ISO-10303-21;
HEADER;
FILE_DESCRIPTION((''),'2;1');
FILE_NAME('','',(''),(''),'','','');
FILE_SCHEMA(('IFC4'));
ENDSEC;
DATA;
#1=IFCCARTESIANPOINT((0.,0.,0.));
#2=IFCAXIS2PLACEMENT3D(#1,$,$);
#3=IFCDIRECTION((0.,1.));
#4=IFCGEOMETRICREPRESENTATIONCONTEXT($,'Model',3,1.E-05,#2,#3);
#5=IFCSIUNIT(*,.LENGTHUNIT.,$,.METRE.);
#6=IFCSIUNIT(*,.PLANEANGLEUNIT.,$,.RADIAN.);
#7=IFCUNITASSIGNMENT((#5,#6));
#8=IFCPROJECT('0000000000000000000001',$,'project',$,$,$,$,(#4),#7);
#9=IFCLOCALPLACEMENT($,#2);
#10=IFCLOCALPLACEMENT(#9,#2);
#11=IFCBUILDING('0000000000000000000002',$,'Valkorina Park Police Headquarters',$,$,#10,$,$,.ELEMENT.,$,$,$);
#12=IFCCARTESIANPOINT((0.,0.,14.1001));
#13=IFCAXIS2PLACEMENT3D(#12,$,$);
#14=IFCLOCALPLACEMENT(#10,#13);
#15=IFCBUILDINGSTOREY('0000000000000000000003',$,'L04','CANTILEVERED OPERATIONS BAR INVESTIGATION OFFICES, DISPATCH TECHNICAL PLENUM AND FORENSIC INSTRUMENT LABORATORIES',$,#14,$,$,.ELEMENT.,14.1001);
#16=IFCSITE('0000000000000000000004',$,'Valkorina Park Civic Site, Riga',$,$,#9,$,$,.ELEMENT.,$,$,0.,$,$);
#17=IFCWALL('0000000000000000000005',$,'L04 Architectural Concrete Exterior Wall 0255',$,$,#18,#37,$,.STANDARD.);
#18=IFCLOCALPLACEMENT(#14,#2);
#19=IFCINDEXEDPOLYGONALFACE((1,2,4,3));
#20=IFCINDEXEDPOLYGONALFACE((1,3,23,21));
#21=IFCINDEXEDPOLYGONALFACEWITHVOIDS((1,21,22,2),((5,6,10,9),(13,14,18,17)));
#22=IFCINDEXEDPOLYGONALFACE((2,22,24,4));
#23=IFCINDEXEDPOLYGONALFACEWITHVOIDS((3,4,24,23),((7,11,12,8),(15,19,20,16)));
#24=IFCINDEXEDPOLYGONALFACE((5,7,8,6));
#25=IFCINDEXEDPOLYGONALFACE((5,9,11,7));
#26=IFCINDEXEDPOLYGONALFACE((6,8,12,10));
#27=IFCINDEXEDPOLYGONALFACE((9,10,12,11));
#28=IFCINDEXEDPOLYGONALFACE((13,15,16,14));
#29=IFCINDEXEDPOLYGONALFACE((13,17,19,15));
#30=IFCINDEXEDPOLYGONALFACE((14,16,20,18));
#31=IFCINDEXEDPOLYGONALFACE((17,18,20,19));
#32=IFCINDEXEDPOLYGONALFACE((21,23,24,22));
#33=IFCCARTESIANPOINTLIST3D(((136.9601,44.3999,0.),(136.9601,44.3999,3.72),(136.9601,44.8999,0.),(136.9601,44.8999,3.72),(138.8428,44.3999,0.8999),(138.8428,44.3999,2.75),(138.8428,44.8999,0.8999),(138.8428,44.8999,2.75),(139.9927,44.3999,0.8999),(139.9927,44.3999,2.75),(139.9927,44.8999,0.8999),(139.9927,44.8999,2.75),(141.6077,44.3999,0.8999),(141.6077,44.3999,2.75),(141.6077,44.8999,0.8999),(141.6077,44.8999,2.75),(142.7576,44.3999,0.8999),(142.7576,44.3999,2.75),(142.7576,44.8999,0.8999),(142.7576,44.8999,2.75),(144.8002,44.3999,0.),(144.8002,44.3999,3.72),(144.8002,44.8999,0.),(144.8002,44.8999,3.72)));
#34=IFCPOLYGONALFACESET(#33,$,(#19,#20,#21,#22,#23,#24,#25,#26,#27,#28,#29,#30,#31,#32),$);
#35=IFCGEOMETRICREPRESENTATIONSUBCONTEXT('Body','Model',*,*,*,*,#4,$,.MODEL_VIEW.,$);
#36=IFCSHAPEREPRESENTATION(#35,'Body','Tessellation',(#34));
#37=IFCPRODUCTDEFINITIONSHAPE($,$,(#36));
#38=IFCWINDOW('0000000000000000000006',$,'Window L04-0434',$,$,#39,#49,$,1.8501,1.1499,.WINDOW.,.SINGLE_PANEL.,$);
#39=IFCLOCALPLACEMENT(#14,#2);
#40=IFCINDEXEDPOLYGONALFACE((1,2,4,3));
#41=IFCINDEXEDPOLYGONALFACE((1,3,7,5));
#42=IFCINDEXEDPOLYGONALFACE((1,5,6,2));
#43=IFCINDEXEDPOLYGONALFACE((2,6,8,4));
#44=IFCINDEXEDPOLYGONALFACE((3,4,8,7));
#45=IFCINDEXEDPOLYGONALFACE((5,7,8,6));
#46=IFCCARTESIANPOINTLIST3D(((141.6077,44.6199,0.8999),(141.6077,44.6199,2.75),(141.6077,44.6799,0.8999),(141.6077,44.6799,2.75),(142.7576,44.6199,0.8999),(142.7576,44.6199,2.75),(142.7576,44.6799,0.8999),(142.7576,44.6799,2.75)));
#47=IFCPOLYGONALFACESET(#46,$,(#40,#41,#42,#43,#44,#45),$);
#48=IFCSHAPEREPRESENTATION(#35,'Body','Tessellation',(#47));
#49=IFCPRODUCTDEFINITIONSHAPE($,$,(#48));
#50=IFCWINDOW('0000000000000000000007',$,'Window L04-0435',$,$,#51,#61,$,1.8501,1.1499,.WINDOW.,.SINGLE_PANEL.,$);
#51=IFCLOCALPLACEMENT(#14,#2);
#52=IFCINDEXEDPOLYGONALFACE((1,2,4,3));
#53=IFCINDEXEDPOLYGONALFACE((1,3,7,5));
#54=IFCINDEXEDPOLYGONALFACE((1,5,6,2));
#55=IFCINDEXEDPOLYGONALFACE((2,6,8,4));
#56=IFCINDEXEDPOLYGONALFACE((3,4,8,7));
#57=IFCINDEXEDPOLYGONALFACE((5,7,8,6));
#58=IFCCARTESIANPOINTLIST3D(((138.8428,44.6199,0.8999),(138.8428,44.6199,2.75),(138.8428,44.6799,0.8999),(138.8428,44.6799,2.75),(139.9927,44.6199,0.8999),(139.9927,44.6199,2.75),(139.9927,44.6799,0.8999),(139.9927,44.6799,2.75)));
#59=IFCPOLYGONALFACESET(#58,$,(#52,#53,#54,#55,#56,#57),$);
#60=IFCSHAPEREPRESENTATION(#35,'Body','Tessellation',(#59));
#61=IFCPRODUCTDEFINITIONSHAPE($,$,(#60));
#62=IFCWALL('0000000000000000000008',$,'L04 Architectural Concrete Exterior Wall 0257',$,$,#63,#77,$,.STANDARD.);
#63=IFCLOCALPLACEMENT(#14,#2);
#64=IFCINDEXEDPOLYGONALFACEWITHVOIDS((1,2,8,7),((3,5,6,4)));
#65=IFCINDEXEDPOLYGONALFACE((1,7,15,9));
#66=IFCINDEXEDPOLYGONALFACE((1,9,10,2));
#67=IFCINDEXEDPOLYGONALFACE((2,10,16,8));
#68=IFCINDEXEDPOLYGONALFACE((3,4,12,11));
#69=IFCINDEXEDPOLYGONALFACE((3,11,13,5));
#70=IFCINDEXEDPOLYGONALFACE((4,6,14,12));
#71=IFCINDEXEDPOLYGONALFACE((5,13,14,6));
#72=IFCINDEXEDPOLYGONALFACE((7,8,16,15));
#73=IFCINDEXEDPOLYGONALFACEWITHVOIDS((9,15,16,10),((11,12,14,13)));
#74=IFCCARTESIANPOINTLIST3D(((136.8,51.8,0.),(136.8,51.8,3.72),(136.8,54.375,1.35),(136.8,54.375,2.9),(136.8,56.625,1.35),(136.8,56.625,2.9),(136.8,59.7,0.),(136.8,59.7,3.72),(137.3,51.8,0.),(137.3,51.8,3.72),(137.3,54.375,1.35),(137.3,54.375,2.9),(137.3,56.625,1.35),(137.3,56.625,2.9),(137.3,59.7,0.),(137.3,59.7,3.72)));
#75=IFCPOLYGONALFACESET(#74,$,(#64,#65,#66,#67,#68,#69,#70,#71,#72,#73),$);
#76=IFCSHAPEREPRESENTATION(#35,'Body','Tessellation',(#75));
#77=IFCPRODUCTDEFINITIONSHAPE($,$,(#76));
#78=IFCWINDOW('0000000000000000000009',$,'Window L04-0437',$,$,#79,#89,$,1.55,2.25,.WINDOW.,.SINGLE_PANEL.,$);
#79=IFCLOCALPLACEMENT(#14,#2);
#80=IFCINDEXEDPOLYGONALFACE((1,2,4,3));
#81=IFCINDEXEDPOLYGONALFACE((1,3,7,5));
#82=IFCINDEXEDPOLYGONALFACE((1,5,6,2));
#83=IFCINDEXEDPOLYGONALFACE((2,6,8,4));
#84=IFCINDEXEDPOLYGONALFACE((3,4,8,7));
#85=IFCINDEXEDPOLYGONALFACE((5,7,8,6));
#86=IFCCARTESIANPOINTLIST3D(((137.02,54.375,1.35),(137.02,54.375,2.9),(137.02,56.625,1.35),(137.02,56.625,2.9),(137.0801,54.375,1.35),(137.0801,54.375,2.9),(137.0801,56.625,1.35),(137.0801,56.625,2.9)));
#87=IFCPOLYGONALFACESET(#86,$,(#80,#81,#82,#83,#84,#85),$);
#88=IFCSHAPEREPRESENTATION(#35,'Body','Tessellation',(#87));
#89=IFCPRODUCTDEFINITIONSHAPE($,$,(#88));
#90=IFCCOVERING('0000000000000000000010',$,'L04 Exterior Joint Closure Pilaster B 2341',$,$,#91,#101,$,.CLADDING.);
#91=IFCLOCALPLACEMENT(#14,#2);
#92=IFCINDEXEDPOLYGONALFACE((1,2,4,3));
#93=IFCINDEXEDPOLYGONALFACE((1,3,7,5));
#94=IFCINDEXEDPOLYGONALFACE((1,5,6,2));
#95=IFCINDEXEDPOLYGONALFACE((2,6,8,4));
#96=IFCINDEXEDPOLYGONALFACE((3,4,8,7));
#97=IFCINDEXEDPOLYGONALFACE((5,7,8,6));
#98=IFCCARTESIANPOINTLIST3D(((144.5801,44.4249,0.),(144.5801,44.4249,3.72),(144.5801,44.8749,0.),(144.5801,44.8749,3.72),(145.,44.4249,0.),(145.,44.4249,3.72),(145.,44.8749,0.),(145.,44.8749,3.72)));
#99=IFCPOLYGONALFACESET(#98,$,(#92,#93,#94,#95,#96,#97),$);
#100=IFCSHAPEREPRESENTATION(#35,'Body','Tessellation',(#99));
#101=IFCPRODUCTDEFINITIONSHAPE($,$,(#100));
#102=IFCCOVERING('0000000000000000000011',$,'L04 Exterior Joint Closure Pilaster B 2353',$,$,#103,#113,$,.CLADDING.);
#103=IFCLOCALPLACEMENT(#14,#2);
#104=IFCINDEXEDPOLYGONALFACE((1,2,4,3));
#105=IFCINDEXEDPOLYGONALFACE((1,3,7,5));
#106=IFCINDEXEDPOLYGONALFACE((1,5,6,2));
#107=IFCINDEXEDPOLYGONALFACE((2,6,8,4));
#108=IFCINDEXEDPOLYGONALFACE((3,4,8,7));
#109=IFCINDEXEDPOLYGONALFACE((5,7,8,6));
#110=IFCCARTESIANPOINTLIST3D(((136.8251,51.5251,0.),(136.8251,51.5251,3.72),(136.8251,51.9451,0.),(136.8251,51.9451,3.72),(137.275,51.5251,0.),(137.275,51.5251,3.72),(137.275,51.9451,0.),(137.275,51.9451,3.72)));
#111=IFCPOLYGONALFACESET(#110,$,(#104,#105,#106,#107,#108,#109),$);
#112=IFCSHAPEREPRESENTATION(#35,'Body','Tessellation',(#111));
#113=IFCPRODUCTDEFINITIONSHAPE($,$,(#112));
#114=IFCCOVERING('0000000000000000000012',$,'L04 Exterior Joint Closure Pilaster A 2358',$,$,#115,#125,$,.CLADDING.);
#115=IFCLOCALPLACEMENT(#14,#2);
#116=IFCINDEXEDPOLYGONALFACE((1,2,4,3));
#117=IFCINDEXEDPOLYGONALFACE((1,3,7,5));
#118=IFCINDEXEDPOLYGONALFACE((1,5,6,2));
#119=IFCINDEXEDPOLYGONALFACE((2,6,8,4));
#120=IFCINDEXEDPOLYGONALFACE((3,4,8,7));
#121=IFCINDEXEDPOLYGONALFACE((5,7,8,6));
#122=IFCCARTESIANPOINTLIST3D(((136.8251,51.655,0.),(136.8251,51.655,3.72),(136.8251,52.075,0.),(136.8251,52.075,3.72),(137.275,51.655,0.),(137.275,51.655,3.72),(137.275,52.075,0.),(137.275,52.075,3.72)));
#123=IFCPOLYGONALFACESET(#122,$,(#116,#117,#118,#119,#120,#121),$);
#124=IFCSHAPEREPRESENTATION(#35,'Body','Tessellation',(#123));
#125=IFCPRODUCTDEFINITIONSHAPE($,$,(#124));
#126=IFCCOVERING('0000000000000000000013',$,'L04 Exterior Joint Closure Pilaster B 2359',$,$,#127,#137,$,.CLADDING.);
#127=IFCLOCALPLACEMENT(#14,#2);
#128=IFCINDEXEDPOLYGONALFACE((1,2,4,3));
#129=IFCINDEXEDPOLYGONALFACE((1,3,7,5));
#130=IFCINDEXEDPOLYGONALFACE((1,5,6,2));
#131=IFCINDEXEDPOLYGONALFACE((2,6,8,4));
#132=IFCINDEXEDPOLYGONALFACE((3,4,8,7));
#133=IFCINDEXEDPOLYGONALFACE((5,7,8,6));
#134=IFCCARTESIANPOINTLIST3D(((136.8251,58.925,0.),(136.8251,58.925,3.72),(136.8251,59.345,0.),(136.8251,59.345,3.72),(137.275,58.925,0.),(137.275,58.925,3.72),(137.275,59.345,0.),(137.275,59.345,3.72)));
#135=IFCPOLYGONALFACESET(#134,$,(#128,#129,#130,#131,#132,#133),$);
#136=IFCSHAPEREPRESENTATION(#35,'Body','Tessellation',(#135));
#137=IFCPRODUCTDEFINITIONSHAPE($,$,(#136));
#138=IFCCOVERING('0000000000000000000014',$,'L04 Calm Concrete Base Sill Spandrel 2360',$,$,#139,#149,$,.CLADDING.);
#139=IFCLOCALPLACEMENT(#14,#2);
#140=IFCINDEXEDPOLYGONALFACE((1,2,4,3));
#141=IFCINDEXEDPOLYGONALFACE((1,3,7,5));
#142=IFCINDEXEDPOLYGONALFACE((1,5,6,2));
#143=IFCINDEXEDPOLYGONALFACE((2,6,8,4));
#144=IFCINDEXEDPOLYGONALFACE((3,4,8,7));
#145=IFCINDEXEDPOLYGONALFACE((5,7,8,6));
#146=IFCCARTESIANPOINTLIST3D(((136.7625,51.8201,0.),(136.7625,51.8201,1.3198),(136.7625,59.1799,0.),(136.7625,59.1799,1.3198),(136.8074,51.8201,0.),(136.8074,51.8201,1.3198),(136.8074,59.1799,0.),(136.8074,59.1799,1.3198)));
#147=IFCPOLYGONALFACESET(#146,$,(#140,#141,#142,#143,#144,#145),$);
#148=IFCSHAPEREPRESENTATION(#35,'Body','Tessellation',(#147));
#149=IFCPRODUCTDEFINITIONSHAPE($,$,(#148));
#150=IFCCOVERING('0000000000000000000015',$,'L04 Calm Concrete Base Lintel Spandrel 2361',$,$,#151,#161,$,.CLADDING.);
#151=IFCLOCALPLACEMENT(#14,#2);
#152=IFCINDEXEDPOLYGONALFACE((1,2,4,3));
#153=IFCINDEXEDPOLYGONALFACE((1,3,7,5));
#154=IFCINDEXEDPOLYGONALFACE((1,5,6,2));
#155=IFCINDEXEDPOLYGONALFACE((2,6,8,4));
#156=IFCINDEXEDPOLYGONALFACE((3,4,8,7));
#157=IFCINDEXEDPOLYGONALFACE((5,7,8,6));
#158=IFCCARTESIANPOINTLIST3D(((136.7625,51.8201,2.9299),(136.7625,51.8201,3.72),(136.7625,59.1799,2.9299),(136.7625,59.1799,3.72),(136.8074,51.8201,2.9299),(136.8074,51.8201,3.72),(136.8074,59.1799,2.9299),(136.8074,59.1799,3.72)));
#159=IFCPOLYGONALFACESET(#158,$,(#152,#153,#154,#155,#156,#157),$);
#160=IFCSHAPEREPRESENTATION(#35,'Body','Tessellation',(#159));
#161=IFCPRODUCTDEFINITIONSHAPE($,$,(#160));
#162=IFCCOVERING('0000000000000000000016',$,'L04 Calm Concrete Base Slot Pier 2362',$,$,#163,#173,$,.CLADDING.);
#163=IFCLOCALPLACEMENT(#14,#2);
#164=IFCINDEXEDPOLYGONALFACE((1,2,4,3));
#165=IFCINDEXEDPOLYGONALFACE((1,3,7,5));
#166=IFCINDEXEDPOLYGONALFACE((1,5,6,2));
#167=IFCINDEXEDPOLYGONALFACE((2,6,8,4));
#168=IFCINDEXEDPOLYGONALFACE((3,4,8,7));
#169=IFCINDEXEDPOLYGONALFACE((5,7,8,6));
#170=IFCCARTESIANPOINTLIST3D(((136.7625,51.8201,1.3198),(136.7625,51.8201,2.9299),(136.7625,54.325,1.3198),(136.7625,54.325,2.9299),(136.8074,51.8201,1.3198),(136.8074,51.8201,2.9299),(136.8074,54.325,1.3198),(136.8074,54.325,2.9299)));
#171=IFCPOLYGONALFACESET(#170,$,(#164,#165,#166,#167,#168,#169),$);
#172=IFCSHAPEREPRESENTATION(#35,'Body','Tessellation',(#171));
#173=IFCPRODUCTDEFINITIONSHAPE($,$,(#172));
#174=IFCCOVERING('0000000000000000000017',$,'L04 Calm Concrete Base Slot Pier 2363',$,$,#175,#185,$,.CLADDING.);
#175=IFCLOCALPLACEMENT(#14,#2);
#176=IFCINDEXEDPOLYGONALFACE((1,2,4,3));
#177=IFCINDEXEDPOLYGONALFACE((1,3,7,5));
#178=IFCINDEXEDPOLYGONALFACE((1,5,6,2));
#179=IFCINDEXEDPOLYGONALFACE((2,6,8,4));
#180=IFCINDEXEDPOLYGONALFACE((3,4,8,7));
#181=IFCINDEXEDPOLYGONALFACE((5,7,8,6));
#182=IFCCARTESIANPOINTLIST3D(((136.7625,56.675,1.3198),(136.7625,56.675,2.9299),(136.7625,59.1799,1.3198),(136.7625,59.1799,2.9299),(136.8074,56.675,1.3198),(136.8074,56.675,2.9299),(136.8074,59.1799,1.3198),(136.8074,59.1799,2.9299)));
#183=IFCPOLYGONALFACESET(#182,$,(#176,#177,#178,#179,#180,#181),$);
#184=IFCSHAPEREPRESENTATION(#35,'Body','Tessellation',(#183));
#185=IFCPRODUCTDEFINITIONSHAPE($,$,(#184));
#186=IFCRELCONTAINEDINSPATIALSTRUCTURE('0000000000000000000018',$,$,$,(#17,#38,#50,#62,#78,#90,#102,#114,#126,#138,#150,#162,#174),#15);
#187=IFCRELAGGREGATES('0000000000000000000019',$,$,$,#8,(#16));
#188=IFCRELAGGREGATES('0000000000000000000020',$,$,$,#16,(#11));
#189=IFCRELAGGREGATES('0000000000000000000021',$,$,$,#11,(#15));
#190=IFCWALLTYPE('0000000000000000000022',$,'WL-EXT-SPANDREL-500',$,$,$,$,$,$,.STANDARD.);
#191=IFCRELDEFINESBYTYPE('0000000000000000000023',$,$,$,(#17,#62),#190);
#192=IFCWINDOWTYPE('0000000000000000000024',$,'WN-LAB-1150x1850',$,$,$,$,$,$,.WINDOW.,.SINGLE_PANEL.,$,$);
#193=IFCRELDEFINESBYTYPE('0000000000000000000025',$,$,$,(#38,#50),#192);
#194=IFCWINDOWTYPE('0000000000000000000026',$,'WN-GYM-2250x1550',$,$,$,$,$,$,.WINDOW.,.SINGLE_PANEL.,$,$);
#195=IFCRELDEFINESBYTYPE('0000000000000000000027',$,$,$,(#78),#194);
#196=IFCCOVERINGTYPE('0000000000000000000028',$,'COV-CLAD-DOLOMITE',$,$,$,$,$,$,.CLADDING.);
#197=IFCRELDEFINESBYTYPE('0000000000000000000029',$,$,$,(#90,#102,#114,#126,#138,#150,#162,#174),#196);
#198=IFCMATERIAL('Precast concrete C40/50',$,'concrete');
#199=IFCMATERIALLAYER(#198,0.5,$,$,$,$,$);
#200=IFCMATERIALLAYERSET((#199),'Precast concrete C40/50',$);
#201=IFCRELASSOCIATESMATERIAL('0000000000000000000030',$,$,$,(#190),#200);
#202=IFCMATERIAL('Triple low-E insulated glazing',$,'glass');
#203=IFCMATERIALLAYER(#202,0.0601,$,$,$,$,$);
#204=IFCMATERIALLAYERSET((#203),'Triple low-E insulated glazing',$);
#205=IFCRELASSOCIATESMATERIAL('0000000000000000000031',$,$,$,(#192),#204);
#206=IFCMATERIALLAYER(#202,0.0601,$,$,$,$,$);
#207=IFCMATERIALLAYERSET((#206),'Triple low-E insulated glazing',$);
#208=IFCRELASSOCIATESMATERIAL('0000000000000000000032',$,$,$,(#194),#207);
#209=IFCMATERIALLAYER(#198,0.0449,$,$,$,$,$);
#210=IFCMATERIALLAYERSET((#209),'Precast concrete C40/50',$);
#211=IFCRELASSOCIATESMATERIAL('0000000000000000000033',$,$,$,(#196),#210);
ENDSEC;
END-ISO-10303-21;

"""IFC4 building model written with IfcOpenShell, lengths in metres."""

from ifc_helpers import new_model, si_unit, direction, frame, frame_2d, origin, origin_2d, place, context, subcontext, project, spatial, rectangle, extrude, material, layer, layer_set, type_object, element, fill, save


model = new_model("IFC4")

# Units and contexts
model_context = context("Model", 3, precision=1e-05, world=origin(), true_north=direction((0.0, 1.0)))
body_context = subcontext(model_context, "Body", "Model", "MODEL_VIEW")
ifc_project = project(units=[si_unit("LENGTHUNIT", "METRE"), si_unit("PLANEANGLEUNIT", "RADIAN")], contexts=[model_context])

# Site, building, storey
site_placement = place(None, origin())
site = spatial("IfcSite", under=ifc_project, at=site_placement, Name="Valkorina Park Civic Site, Riga", CompositionType="ELEMENT", RefElevation=0.0)
building_placement = place(site_placement, origin())
building = spatial("IfcBuilding", under=site, at=building_placement, Name="Valkorina Park Police Headquarters", CompositionType="ELEMENT")
storey_placement = place(building_placement, frame((0.0, 0.0, 14.1001)))
storey = spatial("IfcBuildingStorey", under=building, at=storey_placement, Name="L04", Description="CANTILEVERED OPERATIONS BAR INVESTIGATION OFFICES, DISPATCH TECHNICAL PLENUM AND FORENSIC INSTRUMENT LABORATORIES", CompositionType="ELEMENT", Elevation=14.1001)

# Wall, openings, windows
ifc_material_1 = material(Name="Precast concrete C40/50", Category="concrete")
ifc_layer_1 = layer(ifc_material_1, 0.5)
ifc_layer_set_1 = layer_set([ifc_layer_1], Name="Precast concrete C40/50")
wall_type = type_object("IfcWallType", Name="WL-EXT-SPANDREL-500", PredefinedType="STANDARD", material=ifc_layer_set_1)
wall_1_placement = place(storey_placement, frame((144.8, 44.6499, 0.0), z_axis=(0.0, 0.0, 1.0), x_axis=(-1.0, 0.0, 0.0)))
wall_1 = element("IfcWall", 1, at=wall_1_placement, inside=storey, type_object=wall_type, Name="L04 Architectural Concrete Exterior Wall 0255", PredefinedType="STANDARD", context=body_context, shape_type="SweptSolid", body=[
    extrude(rectangle(XDim=7.8401, YDim=0.5, at=frame_2d((3.9199, 0.0))), origin(), (0.0, 0.0, 1.0), 3.72),
])
opening_1_placement = place(wall_1_placement, frame((2.0425, 0.0, 0.8999)))
opening_1 = element("IfcOpeningElement", 2, at=opening_1_placement, cuts=wall_1, PredefinedType="OPENING", context=body_context, shape_type="SweptSolid", body=[
    extrude(rectangle(XDim=1.1499, YDim=1.8501, at=frame_2d((0.575, 0.925))), frame((0.0, 0.26, 0.0), z_axis=(0.0, -1.0, 0.0), x_axis=(1.0, 0.0, 0.0)), (0.0, 0.0, 1.0), 0.52),
])
opening_2_placement = place(wall_1_placement, frame((4.8074, 0.0, 0.8999)))
opening_2 = element("IfcOpeningElement", 3, at=opening_2_placement, cuts=wall_1, PredefinedType="OPENING", context=body_context, shape_type="SweptSolid", body=[
    extrude(rectangle(XDim=1.1499, YDim=1.8501, at=frame_2d((0.575, 0.925))), frame((0.0, 0.26, 0.0), z_axis=(0.0, -1.0, 0.0), x_axis=(1.0, 0.0, 0.0)), (0.0, 0.0, 1.0), 0.52),
])
ifc_material_2 = material(Name="Triple low-E insulated glazing", Category="glass")
ifc_layer_2 = layer(ifc_material_2, 0.0601)
ifc_layer_set_2 = layer_set([ifc_layer_2], Name="Triple low-E insulated glazing")
window_type_1 = type_object("IfcWindowType", Name="WN-LAB-1150x1850", PartitioningType="SINGLE_PANEL", PredefinedType="WINDOW", material=ifc_layer_set_2)
window_1_placement = place(opening_1_placement, origin())
window_1 = element("IfcWindow", 4, at=window_1_placement, inside=storey, type_object=window_type_1, Name="Window L04-0434", OverallHeight=1.8501, OverallWidth=1.1499, PartitioningType="SINGLE_PANEL", PredefinedType="WINDOW", context=body_context, shape_type="SweptSolid", body=[
    extrude(rectangle(XDim=1.1499, YDim=1.8501, at=frame_2d((0.575, 0.925))), frame((0.0, 0.03, 0.0), z_axis=(0.0, -1.0, 0.0), x_axis=(1.0, 0.0, 0.0)), (0.0, 0.0, 1.0), 0.0601),
])
fill(opening_1, window_1)
window_2_placement = place(opening_2_placement, origin())
window_2 = element("IfcWindow", 5, at=window_2_placement, inside=storey, type_object=window_type_1, Name="Window L04-0435", OverallHeight=1.8501, OverallWidth=1.1499, PartitioningType="SINGLE_PANEL", PredefinedType="WINDOW", context=body_context, shape_type="SweptSolid", body=[
    extrude(rectangle(XDim=1.1499, YDim=1.8501, at=frame_2d((0.575, 0.925))), frame((0.0, 0.03, 0.0), z_axis=(0.0, -1.0, 0.0), x_axis=(1.0, 0.0, 0.0)), (0.0, 0.0, 1.0), 0.0601),
])
fill(opening_2, window_2)

# Wall, opening, window
wall_2_placement = place(storey_placement, frame((137.05, 51.8, 0.0), z_axis=(0.0, 0.0, 1.0), x_axis=(0.0, 1.0, 0.0)))
wall_2 = element("IfcWall", 6, at=wall_2_placement, inside=storey, type_object=wall_type, Name="L04 Architectural Concrete Exterior Wall 0257", PredefinedType="STANDARD", context=body_context, shape_type="SweptSolid", body=[
    extrude(rectangle(XDim=7.8999, YDim=0.5, at=frame_2d((3.95, 0.0))), origin(), (0.0, 0.0, 1.0), 3.72),
])
opening_3_placement = place(wall_2_placement, frame((2.575, 0.0, 1.3501)))
opening_3 = element("IfcOpeningElement", 7, at=opening_3_placement, cuts=wall_2, PredefinedType="OPENING", context=body_context, shape_type="SweptSolid", body=[
    extrude(rectangle(XDim=2.25, YDim=1.55, at=frame_2d((1.125, 0.7749))), frame((0.0, 0.26, 0.0), z_axis=(0.0, -1.0, 0.0), x_axis=(1.0, 0.0, 0.0)), (0.0, 0.0, 1.0), 0.52),
])
ifc_layer_3 = layer(ifc_material_2, 0.0601)
ifc_layer_set_3 = layer_set([ifc_layer_3], Name="Triple low-E insulated glazing")
window_type_2 = type_object("IfcWindowType", Name="WN-GYM-2250x1550", PartitioningType="SINGLE_PANEL", PredefinedType="WINDOW", material=ifc_layer_set_3)
window_3_placement = place(opening_3_placement, origin())
window_3 = element("IfcWindow", 8, at=window_3_placement, inside=storey, type_object=window_type_2, Name="Window L04-0437", OverallHeight=1.55, OverallWidth=2.25, PartitioningType="SINGLE_PANEL", PredefinedType="WINDOW", context=body_context, shape_type="SweptSolid", body=[
    extrude(rectangle(XDim=2.25, YDim=1.55, at=frame_2d((1.125, 0.7749))), frame((0.0, 0.03, 0.0), z_axis=(0.0, -1.0, 0.0), x_axis=(1.0, 0.0, 0.0)), (0.0, 0.0, 1.0), 0.0601),
])
fill(opening_3, window_3)

# Coverings
ifc_layer_4 = layer(ifc_material_1, 0.0449)
ifc_layer_set_4 = layer_set([ifc_layer_4], Name="Precast concrete C40/50")
covering_type = type_object("IfcCoveringType", Name="COV-CLAD-DOLOMITE", PredefinedType="CLADDING", material=ifc_layer_set_4)
for number, where, z_axis, x_axis, name in (
    (9, (144.79, 44.6499, 0.0), (0.0, 0.0, 1.0), (1.0, 0.0, 0.0), "L04 Exterior Joint Closure Pilaster B 2341"),
    (10, (137.05, 51.7351, 0.0), (0.0, 0.0, 1.0), (0.0, 1.0, 0.0), "L04 Exterior Joint Closure Pilaster B 2353"),
    (11, (137.05, 51.865, 0.0), (0.0, 0.0, 1.0), (0.0, 1.0, 0.0), "L04 Exterior Joint Closure Pilaster A 2358"),
    (12, (137.05, 59.135, 0.0), (0.0, 0.0, 1.0), (0.0, 1.0, 0.0), "L04 Exterior Joint Closure Pilaster B 2359"),
):
    element("IfcCovering", number, at=place(storey_placement, frame(where, z_axis=z_axis, x_axis=x_axis)), inside=storey, type_object=covering_type, Name=name, PredefinedType="CLADDING", context=body_context, shape_type="SweptSolid", body=[
        extrude(rectangle(XDim=0.4199, YDim=0.45, at=origin_2d()), origin(), (0.0, 0.0, 1.0), 3.72),
    ])
covering_1_placement = place(storey_placement, frame((136.7849, 51.8201, 0.0), z_axis=(0.0, 0.0, 1.0), x_axis=(0.0, 1.0, 0.0)))
element("IfcCovering", 13, at=covering_1_placement, inside=storey, type_object=covering_type, Name="L04 Calm Concrete Base Sill Spandrel 2360", PredefinedType="CLADDING", context=body_context, shape_type="SweptSolid", body=[
    extrude(rectangle(XDim=7.3599, YDim=0.0449, at=frame_2d((3.6799, 0.0))), origin(), (0.0, 0.0, 1.0), 1.3198),
])
covering_2_placement = place(storey_placement, frame((136.7849, 51.8201, 2.9299), z_axis=(0.0, 0.0, 1.0), x_axis=(0.0, 1.0, 0.0)))
element("IfcCovering", 14, at=covering_2_placement, inside=storey, type_object=covering_type, Name="L04 Calm Concrete Base Lintel Spandrel 2361", PredefinedType="CLADDING", context=body_context, shape_type="SweptSolid", body=[
    extrude(rectangle(XDim=7.3599, YDim=0.0449, at=frame_2d((3.6799, 0.0))), origin(), (0.0, 0.0, 1.0), 0.79),
])
for number, where, z_axis, x_axis, name in (
    (15, (136.7849, 51.8201, 1.3198), (0.0, 0.0, 1.0), (0.0, 1.0, 0.0), "L04 Calm Concrete Base Slot Pier 2362"),
    (16, (136.7849, 56.675, 1.3198), (0.0, 0.0, 1.0), (0.0, 1.0, 0.0), "L04 Calm Concrete Base Slot Pier 2363"),
):
    element("IfcCovering", number, at=place(storey_placement, frame(where, z_axis=z_axis, x_axis=x_axis)), inside=storey, type_object=covering_type, Name=name, PredefinedType="CLADDING", context=body_context, shape_type="SweptSolid", body=[
        extrude(rectangle(XDim=2.5049, YDim=0.0449, at=frame_2d((1.2524, 0.0))), origin(), (0.0, 0.0, 1.0), 1.6101),
    ])

save(model, "model.ifc")
